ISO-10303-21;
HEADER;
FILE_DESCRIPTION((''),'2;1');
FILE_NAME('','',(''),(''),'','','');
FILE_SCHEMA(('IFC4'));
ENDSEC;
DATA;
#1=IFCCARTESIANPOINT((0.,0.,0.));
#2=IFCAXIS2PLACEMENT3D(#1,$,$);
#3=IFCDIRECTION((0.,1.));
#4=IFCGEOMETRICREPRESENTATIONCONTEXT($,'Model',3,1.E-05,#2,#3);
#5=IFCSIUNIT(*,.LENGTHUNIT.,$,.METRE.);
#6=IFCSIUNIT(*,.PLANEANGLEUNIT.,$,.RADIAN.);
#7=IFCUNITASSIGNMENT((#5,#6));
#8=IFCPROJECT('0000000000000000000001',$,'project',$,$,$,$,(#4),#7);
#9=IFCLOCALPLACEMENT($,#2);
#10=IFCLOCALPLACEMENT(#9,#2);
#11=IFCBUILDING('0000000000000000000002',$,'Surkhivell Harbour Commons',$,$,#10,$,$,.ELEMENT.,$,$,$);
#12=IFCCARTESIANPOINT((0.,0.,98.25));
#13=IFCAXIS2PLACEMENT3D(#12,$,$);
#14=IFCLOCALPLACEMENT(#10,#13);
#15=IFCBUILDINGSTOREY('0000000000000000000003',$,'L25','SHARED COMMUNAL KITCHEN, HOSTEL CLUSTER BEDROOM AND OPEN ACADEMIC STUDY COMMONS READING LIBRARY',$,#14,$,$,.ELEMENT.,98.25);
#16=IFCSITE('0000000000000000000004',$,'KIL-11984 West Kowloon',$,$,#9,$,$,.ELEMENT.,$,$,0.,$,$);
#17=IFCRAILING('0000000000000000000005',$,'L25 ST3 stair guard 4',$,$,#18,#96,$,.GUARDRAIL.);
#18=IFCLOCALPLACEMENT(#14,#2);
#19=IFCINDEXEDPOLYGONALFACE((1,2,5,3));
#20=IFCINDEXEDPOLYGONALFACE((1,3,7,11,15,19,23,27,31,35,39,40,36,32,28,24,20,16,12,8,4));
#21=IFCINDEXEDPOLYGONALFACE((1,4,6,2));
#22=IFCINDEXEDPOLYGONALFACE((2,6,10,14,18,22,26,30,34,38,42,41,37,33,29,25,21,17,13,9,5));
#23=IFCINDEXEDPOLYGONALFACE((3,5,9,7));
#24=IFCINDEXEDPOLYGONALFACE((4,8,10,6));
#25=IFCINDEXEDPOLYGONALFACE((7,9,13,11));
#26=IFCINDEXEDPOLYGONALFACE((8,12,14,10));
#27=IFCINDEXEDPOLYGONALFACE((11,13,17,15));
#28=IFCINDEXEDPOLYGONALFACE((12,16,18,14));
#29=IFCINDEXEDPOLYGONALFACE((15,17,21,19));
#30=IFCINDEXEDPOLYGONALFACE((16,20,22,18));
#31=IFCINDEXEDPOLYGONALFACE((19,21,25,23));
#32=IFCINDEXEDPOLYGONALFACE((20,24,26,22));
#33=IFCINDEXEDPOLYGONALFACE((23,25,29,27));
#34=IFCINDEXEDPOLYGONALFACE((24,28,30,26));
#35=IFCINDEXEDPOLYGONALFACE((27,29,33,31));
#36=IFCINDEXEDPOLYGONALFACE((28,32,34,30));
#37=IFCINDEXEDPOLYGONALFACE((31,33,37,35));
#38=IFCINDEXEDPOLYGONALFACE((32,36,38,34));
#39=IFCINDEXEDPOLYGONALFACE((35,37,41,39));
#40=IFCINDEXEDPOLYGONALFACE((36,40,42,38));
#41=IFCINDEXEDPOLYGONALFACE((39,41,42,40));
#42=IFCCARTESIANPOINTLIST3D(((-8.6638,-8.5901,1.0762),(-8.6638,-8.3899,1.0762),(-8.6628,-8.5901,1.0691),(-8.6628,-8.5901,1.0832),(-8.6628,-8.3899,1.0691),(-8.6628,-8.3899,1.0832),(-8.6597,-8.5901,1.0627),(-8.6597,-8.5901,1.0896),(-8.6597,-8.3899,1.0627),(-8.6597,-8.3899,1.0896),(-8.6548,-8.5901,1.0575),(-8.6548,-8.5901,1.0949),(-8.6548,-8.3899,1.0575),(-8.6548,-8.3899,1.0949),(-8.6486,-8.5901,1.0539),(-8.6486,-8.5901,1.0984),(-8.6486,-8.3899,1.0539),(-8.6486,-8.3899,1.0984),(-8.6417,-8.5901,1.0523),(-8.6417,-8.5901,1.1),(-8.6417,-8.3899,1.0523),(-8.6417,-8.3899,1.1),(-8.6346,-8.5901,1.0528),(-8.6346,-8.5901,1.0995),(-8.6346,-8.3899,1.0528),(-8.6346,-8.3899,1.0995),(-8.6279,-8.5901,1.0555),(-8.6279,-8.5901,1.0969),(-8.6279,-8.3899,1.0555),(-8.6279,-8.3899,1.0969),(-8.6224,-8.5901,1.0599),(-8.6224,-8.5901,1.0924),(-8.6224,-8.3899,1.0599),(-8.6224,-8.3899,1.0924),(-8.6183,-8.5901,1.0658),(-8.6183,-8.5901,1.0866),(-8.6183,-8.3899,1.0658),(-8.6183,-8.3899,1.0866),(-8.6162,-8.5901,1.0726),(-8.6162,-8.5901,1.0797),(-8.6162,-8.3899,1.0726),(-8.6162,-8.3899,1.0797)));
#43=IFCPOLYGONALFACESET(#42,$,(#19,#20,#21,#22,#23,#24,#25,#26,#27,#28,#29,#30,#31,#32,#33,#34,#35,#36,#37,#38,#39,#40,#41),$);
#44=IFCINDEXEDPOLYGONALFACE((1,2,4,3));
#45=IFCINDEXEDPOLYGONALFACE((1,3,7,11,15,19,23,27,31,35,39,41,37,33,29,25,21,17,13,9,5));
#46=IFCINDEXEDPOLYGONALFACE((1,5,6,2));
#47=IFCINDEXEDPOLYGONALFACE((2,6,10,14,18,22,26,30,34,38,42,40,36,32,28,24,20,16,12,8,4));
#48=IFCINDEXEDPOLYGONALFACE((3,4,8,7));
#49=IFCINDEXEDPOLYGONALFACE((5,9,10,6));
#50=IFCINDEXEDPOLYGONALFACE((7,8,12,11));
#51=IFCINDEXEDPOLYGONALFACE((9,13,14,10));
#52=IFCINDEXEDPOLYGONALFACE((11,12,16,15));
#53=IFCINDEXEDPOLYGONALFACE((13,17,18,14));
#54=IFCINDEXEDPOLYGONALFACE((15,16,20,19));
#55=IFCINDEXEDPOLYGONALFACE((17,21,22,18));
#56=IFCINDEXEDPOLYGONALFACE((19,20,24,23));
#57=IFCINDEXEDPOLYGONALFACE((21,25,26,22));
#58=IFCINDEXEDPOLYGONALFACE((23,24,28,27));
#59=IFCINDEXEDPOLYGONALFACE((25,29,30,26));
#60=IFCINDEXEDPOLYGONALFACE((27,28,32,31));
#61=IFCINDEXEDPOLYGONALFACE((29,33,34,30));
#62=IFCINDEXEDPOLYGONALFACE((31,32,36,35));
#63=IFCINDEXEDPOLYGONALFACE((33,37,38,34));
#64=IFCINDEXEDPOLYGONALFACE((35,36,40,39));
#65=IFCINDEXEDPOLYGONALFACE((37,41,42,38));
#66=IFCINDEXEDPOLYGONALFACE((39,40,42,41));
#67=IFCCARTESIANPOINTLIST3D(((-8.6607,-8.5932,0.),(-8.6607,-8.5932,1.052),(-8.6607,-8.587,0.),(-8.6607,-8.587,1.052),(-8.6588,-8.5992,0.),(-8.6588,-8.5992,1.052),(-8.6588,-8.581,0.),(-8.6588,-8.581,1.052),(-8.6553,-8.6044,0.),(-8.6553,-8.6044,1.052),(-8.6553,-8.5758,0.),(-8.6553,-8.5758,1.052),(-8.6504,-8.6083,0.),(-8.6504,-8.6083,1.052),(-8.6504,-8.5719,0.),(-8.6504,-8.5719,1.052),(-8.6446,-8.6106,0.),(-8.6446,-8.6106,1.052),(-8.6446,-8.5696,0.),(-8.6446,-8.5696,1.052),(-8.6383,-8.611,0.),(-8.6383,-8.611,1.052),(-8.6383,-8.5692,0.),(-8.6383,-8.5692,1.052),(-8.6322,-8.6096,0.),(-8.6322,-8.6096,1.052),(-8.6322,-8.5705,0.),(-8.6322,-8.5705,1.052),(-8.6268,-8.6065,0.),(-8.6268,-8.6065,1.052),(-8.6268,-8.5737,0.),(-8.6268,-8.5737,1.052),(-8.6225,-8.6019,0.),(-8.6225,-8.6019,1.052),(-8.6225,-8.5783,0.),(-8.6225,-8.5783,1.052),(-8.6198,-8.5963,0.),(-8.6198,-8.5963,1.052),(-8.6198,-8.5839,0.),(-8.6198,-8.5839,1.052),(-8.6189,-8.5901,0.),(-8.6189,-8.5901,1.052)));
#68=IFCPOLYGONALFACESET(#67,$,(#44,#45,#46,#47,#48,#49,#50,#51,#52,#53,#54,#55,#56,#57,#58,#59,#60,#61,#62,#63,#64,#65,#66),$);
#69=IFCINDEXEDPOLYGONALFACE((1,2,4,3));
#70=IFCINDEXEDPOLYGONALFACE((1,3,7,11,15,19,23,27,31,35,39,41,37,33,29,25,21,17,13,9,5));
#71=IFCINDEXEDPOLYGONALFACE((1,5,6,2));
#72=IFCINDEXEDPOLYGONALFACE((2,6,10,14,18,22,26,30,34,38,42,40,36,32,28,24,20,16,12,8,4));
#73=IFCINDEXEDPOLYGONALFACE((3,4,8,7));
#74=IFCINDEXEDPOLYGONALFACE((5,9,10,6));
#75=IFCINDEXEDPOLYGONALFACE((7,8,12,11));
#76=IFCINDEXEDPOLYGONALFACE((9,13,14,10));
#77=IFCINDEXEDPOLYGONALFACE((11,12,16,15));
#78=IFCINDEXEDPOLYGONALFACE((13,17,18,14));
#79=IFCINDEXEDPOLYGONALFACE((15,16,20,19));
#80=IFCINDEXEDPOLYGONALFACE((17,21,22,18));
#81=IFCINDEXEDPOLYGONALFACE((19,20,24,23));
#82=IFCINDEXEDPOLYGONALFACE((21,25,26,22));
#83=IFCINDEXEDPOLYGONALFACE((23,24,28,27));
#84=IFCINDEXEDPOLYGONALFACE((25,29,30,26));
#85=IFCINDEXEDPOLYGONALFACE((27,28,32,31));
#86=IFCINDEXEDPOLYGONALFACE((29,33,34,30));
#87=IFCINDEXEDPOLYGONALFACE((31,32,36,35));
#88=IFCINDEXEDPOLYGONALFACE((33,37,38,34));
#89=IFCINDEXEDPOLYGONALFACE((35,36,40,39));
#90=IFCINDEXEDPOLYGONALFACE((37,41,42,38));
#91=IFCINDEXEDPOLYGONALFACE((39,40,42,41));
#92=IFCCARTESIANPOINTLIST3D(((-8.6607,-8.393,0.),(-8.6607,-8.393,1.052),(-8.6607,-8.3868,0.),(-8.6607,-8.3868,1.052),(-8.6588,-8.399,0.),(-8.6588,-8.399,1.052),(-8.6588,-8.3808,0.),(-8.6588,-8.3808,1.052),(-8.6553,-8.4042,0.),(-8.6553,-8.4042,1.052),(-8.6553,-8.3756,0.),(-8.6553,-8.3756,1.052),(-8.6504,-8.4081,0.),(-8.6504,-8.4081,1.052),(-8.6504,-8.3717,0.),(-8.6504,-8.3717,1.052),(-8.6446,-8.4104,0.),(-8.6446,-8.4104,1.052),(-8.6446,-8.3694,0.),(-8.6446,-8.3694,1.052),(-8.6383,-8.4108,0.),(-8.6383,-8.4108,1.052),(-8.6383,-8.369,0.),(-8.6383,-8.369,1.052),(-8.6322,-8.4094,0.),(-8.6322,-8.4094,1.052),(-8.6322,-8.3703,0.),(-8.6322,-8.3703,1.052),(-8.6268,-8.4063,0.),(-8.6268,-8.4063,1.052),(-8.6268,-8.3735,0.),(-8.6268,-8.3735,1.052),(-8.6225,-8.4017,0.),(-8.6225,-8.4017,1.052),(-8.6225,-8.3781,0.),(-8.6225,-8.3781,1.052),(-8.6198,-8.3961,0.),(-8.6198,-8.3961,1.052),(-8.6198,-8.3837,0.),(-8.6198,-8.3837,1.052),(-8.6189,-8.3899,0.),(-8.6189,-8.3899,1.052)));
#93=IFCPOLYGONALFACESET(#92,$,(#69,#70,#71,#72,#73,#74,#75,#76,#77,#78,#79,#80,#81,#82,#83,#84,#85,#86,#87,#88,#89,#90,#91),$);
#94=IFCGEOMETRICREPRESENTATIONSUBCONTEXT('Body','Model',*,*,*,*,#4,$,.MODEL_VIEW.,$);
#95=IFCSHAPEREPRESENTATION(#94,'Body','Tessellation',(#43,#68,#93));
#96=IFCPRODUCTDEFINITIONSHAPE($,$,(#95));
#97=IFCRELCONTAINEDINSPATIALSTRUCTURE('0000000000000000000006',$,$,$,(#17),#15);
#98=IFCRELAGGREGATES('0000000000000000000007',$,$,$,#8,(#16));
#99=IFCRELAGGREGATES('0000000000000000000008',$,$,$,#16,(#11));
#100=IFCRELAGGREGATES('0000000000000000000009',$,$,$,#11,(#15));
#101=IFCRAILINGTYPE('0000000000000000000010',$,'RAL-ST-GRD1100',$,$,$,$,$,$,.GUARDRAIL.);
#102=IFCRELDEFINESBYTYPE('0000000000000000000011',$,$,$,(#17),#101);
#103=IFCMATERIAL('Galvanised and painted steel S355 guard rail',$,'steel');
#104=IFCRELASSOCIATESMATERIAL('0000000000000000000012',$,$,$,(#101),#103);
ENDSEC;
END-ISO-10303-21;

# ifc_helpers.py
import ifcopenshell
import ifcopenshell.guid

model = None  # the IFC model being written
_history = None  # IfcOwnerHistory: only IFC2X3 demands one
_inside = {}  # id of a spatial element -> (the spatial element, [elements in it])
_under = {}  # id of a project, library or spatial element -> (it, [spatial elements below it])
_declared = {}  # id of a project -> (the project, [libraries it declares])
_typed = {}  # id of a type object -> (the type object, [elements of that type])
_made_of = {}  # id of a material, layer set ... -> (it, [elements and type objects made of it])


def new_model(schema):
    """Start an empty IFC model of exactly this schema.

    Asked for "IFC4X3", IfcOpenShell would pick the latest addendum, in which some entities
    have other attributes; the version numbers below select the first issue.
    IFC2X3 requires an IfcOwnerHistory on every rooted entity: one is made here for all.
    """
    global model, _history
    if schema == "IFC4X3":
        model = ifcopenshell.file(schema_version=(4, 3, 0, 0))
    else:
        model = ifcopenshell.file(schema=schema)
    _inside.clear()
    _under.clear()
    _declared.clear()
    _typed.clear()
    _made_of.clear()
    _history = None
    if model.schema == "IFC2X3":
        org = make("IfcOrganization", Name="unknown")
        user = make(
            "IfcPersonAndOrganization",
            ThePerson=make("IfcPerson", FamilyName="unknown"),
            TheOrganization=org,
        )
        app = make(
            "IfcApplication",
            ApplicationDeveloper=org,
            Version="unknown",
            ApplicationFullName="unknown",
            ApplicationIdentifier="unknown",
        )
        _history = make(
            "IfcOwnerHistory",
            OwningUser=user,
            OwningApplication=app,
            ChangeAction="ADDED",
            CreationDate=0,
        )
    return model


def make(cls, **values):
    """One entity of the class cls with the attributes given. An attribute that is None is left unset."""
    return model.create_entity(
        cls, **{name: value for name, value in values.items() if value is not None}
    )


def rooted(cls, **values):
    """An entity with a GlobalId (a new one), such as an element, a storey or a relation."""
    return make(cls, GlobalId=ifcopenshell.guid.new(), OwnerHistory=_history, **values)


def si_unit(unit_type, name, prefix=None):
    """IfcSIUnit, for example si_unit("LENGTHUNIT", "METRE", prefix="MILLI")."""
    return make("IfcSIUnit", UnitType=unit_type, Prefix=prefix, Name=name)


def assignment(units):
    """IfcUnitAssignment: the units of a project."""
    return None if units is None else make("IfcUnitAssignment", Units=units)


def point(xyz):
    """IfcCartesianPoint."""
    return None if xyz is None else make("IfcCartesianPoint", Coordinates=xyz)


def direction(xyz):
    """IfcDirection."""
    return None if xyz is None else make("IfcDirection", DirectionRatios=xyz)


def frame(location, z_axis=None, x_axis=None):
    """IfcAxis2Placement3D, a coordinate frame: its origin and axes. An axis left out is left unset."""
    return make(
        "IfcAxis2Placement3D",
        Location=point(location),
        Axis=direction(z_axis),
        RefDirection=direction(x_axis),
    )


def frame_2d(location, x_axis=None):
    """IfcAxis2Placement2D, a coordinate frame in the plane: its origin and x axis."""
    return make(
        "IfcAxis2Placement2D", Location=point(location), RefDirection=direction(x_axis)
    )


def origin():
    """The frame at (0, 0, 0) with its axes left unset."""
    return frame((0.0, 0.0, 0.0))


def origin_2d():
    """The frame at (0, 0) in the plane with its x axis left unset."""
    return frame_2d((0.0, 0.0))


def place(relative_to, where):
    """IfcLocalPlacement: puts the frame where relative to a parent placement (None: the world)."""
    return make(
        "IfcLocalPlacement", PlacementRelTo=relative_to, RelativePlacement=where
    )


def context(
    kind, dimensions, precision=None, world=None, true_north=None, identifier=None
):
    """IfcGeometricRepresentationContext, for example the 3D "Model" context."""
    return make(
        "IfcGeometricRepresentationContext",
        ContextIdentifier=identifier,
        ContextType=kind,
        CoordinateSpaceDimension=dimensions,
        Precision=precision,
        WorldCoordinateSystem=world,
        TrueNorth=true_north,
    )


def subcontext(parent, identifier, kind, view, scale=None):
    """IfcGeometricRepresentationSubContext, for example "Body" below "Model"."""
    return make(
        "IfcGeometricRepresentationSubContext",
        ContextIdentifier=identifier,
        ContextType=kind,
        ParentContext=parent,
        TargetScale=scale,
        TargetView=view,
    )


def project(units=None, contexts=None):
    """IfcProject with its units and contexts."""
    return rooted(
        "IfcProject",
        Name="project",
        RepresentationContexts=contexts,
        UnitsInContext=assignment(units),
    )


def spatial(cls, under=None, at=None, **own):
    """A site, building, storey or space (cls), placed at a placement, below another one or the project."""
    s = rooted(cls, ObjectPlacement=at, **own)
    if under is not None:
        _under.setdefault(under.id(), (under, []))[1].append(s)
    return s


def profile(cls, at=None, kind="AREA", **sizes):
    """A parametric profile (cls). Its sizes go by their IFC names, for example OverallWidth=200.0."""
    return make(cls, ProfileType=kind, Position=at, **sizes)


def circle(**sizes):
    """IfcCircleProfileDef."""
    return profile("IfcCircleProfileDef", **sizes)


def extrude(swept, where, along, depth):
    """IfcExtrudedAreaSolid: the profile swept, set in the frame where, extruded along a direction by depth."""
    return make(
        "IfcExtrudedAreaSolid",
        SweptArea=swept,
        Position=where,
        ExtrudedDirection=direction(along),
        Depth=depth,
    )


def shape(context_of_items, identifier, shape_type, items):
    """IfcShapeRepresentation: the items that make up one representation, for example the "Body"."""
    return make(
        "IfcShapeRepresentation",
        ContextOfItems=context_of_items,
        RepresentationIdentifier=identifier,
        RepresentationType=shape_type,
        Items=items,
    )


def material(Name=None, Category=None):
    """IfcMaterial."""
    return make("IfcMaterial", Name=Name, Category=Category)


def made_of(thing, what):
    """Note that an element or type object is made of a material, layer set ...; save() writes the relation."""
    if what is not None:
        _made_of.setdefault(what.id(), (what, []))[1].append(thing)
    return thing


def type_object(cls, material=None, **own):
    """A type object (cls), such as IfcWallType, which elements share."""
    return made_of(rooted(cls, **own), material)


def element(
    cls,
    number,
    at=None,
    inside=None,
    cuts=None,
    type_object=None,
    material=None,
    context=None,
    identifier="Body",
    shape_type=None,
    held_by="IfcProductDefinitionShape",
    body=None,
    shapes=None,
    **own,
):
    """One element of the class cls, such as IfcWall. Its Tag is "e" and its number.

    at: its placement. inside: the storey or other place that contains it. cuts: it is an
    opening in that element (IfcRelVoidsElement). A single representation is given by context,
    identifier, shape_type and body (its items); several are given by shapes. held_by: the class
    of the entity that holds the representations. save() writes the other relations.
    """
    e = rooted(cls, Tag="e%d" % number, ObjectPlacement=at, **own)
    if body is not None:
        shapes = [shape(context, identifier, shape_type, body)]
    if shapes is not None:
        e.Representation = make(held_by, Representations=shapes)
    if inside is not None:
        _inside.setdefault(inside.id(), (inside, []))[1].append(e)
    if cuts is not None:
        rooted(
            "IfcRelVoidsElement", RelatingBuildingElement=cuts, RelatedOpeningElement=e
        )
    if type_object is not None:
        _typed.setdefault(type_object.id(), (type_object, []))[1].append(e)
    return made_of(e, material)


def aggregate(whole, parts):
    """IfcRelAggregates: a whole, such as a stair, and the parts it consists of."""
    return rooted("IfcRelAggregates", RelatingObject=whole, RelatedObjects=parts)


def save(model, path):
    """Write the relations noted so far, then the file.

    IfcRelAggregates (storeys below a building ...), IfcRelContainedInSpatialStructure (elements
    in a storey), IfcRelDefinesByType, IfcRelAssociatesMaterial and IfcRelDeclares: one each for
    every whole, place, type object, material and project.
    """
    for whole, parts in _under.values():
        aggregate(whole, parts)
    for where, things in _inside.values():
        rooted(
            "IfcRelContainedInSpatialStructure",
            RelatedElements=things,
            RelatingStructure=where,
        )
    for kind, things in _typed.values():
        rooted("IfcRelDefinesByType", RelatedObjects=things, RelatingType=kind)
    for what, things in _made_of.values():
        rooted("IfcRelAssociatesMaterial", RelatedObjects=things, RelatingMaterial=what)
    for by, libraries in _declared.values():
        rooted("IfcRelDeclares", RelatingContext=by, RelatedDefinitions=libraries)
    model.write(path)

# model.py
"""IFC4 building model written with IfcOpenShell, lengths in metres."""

from ifc_helpers import new_model, si_unit, direction, frame, origin, origin_2d, place, context, subcontext, project, spatial, circle, extrude, material, type_object, element, save


model = new_model("IFC4")

# Units and contexts
model_context = context("Model", 3, precision=1e-05, world=origin(), true_north=direction((0.0, 1.0)))
body_context = subcontext(model_context, "Body", "Model", "MODEL_VIEW")
ifc_project = project(units=[si_unit("LENGTHUNIT", "METRE"), si_unit("PLANEANGLEUNIT", "RADIAN")], contexts=[model_context])

# Site, building, storey
site_placement = place(None, origin())
site = spatial("IfcSite", under=ifc_project, at=site_placement, Name="KIL-11984 West Kowloon", CompositionType="ELEMENT", RefElevation=0.0)
building_placement = place(site_placement, origin())
building = spatial("IfcBuilding", under=site, at=building_placement, Name="Surkhivell Harbour Commons", CompositionType="ELEMENT")
storey_placement = place(building_placement, frame((0.0, 0.0, 98.25)))
storey = spatial("IfcBuildingStorey", under=building, at=storey_placement, Name="L25", Description="SHARED COMMUNAL KITCHEN, HOSTEL CLUSTER BEDROOM AND OPEN ACADEMIC STUDY COMMONS READING LIBRARY", CompositionType="ELEMENT", Elevation=98.25)

# Railing
ifc_material_1 = material(Name="Galvanised and painted steel S355 guard rail", Category="steel")
railing_type_1 = type_object("IfcRailingType", Name="RAL-ST-GRD1100", PredefinedType="GUARDRAIL", material=ifc_material_1)
railing_1_placement = place(storey_placement, frame((-8.6399, -8.5901, 0.0)))
element("IfcRailing", 1, at=railing_1_placement, inside=storey, type_object=railing_type_1, Name="L25 ST3 stair guard 4", PredefinedType="GUARDRAIL", context=body_context, shape_type="SweptSolid", body=[
    extrude(circle(Radius=0.0239, at=origin_2d()), frame((0.0, 0.0, 1.0762), z_axis=(0.0, 1.0, 0.0), x_axis=(-1.0, 0.0, 0.0)), (0.0, 0.0, 1.0), 0.2002),
    extrude(circle(Radius=0.021, at=origin_2d()), origin(), (0.0, 0.0, 1.0), 1.052),
    extrude(circle(Radius=0.021, at=origin_2d()), frame((0.0, 0.2002, 0.0)), (0.0, 0.0, 1.0), 1.052),
])

save(model, "model.ifc")
